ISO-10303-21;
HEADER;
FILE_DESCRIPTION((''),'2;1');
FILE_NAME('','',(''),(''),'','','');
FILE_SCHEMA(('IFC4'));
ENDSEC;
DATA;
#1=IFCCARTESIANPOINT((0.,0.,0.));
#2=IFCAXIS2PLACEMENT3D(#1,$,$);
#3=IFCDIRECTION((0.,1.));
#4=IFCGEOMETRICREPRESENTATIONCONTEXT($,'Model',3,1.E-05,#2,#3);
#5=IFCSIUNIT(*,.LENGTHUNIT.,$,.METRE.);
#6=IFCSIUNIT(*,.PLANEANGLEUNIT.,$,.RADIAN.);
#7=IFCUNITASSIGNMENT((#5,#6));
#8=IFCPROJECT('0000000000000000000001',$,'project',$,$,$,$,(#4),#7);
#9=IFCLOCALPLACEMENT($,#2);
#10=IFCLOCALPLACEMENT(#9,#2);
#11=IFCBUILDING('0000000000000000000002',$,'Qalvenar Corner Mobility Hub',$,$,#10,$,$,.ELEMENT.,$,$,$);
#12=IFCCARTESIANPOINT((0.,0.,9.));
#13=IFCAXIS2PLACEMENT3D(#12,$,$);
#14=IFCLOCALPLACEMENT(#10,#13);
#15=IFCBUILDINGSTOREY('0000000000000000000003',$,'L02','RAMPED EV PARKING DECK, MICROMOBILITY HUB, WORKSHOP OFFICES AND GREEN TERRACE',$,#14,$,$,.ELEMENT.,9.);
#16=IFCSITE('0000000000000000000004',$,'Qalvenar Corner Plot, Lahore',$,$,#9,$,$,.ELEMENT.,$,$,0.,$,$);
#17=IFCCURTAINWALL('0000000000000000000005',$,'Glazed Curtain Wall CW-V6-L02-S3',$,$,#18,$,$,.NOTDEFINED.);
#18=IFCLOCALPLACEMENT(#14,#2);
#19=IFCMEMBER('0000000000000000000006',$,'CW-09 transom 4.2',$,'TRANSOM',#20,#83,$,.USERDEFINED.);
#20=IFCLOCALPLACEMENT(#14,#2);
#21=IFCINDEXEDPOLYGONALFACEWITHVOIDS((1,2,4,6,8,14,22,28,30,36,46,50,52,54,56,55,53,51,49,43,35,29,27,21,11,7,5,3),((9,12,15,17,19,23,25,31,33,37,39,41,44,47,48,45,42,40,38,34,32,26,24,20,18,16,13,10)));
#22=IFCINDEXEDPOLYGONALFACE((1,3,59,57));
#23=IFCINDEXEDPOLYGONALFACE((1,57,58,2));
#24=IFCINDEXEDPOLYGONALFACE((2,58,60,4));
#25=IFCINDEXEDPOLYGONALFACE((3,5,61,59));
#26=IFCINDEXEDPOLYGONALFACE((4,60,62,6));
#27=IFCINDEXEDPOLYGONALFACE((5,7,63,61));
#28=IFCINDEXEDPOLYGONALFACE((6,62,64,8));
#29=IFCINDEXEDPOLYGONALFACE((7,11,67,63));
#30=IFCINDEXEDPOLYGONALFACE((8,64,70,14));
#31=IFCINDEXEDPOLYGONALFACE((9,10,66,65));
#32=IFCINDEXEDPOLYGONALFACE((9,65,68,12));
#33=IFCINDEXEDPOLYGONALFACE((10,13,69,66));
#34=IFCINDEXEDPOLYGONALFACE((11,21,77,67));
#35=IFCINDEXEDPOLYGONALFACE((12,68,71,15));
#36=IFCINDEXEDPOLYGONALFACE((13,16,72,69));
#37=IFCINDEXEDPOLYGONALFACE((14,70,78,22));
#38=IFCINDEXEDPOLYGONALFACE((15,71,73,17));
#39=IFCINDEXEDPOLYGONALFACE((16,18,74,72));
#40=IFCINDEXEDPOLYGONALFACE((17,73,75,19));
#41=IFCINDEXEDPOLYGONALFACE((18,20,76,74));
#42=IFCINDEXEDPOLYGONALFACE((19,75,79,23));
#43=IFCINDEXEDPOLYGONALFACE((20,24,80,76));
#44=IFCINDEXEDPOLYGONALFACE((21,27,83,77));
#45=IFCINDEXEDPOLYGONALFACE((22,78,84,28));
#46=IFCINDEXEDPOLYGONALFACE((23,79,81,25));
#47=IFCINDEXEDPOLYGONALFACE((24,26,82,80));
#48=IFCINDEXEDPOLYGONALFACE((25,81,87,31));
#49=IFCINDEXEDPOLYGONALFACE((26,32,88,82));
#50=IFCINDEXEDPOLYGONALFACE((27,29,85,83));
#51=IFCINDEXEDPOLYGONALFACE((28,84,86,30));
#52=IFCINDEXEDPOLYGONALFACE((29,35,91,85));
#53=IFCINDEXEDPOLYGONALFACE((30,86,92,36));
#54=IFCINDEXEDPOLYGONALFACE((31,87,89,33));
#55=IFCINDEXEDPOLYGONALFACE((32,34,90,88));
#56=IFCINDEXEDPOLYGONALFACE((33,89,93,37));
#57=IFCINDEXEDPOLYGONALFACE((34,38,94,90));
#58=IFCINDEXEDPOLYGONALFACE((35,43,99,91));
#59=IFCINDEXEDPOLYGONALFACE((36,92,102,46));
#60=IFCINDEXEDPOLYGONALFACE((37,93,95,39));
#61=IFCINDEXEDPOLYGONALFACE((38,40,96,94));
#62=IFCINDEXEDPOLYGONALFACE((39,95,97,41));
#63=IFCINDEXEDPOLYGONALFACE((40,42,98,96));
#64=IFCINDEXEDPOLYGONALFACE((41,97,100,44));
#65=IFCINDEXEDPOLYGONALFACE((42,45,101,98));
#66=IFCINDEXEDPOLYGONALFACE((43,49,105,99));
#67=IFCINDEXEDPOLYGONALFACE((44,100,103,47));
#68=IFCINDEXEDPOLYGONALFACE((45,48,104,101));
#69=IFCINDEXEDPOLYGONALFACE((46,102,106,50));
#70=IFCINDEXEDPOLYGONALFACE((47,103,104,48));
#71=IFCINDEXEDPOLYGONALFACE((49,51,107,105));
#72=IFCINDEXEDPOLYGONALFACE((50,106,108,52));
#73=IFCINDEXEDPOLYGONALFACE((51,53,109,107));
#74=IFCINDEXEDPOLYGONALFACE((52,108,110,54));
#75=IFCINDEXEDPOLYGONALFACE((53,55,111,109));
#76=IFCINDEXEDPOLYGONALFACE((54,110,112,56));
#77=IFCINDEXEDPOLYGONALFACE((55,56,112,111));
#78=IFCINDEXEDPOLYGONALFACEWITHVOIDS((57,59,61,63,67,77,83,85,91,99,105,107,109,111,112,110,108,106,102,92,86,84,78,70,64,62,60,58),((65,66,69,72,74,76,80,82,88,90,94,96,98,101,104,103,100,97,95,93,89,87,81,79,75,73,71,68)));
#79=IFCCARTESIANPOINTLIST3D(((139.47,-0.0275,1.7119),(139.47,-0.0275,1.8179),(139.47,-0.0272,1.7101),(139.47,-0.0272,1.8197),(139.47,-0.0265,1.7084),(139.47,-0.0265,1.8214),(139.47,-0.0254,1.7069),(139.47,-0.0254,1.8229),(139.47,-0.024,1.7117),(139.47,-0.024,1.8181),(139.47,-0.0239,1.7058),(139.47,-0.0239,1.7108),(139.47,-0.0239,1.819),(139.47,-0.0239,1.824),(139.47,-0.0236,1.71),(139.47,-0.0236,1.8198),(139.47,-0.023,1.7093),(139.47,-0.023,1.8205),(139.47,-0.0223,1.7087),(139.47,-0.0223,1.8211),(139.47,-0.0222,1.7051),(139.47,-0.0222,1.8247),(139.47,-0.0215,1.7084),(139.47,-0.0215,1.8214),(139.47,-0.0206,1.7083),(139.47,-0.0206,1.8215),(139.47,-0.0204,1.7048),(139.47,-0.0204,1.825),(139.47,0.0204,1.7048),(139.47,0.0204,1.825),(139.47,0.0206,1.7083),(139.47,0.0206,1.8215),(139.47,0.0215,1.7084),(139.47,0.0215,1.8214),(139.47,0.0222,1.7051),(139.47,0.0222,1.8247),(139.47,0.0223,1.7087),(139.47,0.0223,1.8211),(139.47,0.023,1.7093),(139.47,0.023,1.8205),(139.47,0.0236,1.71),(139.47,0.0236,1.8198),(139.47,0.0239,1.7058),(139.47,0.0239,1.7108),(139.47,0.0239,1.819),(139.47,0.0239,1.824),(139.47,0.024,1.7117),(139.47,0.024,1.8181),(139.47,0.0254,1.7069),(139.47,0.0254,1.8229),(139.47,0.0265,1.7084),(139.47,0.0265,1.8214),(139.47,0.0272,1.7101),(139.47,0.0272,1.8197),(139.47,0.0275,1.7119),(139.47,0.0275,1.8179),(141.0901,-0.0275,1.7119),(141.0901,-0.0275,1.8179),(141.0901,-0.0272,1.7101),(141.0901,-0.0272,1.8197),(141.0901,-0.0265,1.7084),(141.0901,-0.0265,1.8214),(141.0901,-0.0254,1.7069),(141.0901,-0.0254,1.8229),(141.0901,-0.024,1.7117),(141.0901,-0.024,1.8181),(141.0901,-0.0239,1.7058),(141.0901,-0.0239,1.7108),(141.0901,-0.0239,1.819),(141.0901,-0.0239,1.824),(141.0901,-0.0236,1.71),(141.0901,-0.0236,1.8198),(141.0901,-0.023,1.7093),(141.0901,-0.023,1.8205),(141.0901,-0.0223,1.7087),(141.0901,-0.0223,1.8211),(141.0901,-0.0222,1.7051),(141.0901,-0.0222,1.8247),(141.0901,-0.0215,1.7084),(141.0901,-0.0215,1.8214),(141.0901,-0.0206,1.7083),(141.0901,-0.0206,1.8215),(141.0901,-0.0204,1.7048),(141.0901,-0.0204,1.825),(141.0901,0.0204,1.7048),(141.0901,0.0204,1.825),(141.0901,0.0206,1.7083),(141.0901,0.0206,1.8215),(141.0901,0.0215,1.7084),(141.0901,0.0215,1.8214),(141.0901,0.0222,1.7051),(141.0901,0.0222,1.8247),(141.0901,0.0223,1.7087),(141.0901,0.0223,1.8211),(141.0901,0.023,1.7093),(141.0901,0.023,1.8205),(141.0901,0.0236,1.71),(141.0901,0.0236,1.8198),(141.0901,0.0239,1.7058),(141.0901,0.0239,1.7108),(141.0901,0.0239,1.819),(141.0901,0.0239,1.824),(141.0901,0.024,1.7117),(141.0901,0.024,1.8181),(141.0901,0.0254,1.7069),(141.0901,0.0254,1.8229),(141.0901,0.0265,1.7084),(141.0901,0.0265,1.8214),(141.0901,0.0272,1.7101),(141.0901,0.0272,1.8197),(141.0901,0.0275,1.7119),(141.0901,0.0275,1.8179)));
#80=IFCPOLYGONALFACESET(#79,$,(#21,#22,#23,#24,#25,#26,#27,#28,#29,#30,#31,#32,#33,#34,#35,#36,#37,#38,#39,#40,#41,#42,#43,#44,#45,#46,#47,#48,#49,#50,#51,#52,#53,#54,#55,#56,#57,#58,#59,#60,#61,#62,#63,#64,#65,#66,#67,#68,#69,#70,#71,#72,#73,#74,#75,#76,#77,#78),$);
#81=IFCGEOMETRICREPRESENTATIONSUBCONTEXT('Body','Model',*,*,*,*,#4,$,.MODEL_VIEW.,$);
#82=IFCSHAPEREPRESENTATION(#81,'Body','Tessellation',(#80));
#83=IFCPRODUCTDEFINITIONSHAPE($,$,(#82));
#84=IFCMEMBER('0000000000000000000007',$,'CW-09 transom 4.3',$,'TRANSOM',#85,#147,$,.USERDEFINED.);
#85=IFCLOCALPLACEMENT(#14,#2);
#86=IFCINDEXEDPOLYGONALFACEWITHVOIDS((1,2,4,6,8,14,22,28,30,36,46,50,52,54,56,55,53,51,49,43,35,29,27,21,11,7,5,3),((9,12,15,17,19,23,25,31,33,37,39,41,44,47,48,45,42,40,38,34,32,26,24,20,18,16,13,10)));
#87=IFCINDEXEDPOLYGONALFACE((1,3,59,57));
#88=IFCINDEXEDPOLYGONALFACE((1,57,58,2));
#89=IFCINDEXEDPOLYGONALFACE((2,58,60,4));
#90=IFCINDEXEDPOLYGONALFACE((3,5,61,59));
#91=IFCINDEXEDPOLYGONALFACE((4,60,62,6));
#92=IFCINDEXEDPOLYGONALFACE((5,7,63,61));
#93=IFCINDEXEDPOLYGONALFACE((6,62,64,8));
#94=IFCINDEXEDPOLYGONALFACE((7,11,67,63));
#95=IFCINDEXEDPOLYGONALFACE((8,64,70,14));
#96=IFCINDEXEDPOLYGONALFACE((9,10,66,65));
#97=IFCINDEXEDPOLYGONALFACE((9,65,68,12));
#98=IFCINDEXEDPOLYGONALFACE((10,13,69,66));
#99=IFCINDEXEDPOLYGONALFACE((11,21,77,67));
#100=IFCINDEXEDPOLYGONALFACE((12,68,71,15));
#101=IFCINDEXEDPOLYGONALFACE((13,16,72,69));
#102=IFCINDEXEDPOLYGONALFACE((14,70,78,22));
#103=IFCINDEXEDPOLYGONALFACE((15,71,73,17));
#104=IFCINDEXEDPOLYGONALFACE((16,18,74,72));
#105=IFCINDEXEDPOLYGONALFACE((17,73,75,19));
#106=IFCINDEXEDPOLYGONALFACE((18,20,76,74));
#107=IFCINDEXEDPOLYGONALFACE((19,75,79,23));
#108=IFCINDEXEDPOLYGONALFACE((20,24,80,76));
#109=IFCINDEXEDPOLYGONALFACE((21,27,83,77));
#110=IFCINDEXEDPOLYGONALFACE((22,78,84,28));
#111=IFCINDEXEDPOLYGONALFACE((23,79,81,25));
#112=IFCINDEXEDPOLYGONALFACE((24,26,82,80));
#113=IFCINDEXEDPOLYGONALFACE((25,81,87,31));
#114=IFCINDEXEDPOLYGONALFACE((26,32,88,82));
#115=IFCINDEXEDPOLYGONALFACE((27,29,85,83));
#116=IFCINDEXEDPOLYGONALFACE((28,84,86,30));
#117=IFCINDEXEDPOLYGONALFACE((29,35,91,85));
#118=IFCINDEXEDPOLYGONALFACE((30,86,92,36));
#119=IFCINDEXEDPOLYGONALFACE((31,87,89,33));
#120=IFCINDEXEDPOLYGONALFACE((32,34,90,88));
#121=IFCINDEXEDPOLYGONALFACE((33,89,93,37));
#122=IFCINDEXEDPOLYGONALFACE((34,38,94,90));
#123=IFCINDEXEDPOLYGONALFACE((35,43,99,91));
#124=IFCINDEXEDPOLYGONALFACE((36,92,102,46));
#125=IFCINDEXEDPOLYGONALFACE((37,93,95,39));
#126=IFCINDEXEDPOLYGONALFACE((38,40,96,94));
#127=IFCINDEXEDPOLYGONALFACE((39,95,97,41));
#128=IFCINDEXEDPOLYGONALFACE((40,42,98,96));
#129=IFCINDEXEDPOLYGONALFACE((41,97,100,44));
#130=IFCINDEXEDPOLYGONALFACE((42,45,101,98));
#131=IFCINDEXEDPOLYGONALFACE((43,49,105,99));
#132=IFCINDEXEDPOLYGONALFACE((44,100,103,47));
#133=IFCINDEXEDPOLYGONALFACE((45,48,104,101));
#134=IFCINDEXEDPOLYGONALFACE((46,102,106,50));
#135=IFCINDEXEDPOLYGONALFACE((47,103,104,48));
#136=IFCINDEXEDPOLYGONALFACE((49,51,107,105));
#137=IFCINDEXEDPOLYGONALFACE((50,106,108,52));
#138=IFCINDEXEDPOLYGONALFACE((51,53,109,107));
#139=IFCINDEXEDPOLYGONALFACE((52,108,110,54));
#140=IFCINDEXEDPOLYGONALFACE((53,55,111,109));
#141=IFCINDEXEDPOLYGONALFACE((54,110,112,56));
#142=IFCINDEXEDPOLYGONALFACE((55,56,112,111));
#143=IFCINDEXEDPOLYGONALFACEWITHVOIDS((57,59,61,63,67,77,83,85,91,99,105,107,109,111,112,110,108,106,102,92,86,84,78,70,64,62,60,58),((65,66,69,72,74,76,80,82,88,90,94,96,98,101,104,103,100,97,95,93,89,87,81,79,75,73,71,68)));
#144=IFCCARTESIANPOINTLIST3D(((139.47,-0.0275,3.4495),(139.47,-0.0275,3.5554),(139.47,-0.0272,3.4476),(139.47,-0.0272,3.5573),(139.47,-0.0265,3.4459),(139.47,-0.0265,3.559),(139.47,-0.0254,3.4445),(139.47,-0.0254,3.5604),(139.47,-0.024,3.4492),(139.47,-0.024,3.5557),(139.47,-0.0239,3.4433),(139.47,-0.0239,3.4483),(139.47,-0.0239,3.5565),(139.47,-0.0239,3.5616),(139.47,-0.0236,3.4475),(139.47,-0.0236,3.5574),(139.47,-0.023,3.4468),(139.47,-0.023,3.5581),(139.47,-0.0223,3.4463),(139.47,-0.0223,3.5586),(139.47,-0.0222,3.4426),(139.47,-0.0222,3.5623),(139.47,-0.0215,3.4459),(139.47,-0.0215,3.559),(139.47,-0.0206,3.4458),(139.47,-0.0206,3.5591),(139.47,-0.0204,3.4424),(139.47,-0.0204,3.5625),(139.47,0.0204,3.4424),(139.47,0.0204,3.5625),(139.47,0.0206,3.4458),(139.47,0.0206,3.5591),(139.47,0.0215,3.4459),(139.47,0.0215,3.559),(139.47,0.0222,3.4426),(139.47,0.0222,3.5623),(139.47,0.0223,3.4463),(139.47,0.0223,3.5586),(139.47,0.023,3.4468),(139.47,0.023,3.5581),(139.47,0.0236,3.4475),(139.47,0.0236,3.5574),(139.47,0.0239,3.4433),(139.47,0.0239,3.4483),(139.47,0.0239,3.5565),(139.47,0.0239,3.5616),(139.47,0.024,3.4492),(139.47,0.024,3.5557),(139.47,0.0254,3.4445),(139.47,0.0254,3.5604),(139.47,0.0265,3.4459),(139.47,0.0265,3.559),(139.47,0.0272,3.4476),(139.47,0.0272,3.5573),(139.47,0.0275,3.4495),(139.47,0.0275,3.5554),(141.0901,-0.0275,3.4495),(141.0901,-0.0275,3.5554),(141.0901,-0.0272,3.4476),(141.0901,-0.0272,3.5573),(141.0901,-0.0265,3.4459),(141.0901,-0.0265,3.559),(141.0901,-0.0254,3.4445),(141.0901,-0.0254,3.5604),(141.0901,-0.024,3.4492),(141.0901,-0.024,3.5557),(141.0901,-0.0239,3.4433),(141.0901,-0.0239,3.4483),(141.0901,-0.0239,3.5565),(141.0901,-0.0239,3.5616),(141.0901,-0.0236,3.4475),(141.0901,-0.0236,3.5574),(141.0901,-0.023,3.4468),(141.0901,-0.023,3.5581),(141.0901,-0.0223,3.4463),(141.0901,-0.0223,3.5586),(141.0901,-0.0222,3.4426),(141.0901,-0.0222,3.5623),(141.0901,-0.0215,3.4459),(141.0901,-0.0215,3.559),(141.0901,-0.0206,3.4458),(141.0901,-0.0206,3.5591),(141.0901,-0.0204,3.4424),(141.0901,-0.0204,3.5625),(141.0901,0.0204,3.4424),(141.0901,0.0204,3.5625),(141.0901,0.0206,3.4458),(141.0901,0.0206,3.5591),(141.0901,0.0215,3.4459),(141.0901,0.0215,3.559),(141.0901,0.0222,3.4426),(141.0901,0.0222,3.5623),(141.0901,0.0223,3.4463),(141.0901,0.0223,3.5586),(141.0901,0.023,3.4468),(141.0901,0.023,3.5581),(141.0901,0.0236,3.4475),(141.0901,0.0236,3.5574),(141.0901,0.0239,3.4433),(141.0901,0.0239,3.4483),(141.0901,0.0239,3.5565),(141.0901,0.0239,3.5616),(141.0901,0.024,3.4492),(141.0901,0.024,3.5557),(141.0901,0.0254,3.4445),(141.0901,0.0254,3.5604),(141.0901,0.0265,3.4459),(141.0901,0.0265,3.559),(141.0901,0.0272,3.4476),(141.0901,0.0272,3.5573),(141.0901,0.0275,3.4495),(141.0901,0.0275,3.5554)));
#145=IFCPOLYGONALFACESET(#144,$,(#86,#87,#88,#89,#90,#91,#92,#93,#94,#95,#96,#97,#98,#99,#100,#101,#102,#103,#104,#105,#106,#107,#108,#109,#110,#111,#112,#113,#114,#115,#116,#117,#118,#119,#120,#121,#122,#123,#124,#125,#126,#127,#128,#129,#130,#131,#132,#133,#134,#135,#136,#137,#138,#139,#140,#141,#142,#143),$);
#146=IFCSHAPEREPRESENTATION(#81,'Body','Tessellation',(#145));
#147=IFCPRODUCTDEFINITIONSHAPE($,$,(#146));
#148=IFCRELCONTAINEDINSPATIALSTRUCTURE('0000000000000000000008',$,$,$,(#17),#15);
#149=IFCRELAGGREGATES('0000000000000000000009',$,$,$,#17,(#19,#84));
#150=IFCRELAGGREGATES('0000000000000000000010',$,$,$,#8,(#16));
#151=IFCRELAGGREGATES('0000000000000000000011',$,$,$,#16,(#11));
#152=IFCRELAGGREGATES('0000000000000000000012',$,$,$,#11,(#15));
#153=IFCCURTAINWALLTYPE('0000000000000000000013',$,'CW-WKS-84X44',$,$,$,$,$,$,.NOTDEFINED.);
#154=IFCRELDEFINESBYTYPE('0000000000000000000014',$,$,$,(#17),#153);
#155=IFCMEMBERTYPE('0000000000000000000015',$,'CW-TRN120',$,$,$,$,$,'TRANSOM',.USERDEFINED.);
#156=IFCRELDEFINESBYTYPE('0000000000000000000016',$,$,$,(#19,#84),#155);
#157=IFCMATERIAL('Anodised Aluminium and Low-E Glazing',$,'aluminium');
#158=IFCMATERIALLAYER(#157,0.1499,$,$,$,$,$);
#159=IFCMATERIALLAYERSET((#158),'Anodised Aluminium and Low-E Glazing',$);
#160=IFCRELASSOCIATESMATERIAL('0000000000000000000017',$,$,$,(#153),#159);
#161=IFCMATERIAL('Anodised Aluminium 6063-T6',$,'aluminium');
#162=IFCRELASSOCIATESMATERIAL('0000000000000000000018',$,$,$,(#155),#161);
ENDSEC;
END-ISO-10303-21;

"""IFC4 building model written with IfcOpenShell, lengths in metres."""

from ifc_helpers import new_model, si_unit, direction, frame, origin, origin_2d, place, context, subcontext, project, spatial, hollow_rectangle, extrude, material, layer, layer_set, material_profile, profile_set, type_object, element, aggregate, save


model = new_model("IFC4")

# Units and contexts
model_context = context("Model", 3, precision=1e-05, world=origin(), true_north=direction((0.0, 1.0)))
body_context = subcontext(model_context, "Body", "Model", "MODEL_VIEW")
ifc_project = project(units=[si_unit("LENGTHUNIT", "METRE"), si_unit("PLANEANGLEUNIT", "RADIAN")], contexts=[model_context])

# Site, building, storey
site_placement = place(None, origin())
site = spatial("IfcSite", under=ifc_project, at=site_placement, Name="Qalvenar Corner Plot, Lahore", CompositionType="ELEMENT", RefElevation=0.0)
building_placement = place(site_placement, origin())
building = spatial("IfcBuilding", under=site, at=building_placement, Name="Qalvenar Corner Mobility Hub", CompositionType="ELEMENT")
storey_placement = place(building_placement, frame((0.0, 0.0, 9.0)))
storey = spatial("IfcBuildingStorey", under=building, at=storey_placement, Name="L02", Description="RAMPED EV PARKING DECK, MICROMOBILITY HUB, WORKSHOP OFFICES AND GREEN TERRACE", CompositionType="ELEMENT", Elevation=9.0)

# Curtain wall, members
ifc_material_1 = material(Name="Anodised Aluminium and Low-E Glazing", Category="aluminium")
ifc_layer_1 = layer(ifc_material_1, 0.1499)
ifc_layer_set_1 = layer_set([ifc_layer_1], Name="Anodised Aluminium and Low-E Glazing")
curtain_wall_type = type_object("IfcCurtainWallType", Name="CW-WKS-84X44", PredefinedType="NOTDEFINED", material=ifc_layer_set_1)
curtain_wall_placement = place(storey_placement, origin())
curtain_wall = element("IfcCurtainWall", 1, at=curtain_wall_placement, inside=storey, type_object=curtain_wall_type, Name="Glazed Curtain Wall CW-V6-L02-S3", PredefinedType="NOTDEFINED")
ifc_material_2 = material(Name="Anodised Aluminium 6063-T6", Category="aluminium")
ifc_material_profile_1 = material_profile(ifc_material_2, hollow_rectangle(XDim=0.0549, YDim=0.1201, WallThickness=0.0034, InnerFilletRadius=0.0034, OuterFilletRadius=0.0071, at=origin_2d()), Name="RHS120x55x3.5")
ifc_profile_set_1 = profile_set([ifc_material_profile_1], Name="Anodised Aluminium 6063-T6")
member_type_1 = type_object("IfcMemberType", Name="CW-TRN120", ElementType="TRANSOM", PredefinedType="USERDEFINED", material=ifc_profile_set_1)
member_1_placement = place(storey_placement, frame((139.47, 0.0, 1.7649), z_axis=(1.0, 0.0, 0.0), x_axis=(0.0, 1.0, 0.0)))
member_1 = element("IfcMember", 2, at=member_1_placement, type_object=member_type_1, Name="CW-09 transom 4.2", ObjectType="TRANSOM", PredefinedType="USERDEFINED", context=body_context, shape_type="SweptSolid", body=[
    extrude(hollow_rectangle(XDim=0.0549, YDim=0.1201, WallThickness=0.0034, InnerFilletRadius=0.0034, OuterFilletRadius=0.0071, at=origin_2d()), origin(), (0.0, 0.0, 1.0), 1.6201),
])
member_2_placement = place(storey_placement, frame((139.47, 0.0, 3.5024), z_axis=(1.0, 0.0, 0.0), x_axis=(0.0, 1.0, 0.0)))
member_2 = element("IfcMember", 3, at=member_2_placement, type_object=member_type_1, Name="CW-09 transom 4.3", ObjectType="TRANSOM", PredefinedType="USERDEFINED", context=body_context, shape_type="SweptSolid", body=[
    extrude(hollow_rectangle(XDim=0.0549, YDim=0.1201, WallThickness=0.0034, InnerFilletRadius=0.0034, OuterFilletRadius=0.0071, at=origin_2d()), origin(), (0.0, 0.0, 1.0), 1.6201),
])
aggregate(curtain_wall, [member_1, member_2])

save(model, "model.ifc")
